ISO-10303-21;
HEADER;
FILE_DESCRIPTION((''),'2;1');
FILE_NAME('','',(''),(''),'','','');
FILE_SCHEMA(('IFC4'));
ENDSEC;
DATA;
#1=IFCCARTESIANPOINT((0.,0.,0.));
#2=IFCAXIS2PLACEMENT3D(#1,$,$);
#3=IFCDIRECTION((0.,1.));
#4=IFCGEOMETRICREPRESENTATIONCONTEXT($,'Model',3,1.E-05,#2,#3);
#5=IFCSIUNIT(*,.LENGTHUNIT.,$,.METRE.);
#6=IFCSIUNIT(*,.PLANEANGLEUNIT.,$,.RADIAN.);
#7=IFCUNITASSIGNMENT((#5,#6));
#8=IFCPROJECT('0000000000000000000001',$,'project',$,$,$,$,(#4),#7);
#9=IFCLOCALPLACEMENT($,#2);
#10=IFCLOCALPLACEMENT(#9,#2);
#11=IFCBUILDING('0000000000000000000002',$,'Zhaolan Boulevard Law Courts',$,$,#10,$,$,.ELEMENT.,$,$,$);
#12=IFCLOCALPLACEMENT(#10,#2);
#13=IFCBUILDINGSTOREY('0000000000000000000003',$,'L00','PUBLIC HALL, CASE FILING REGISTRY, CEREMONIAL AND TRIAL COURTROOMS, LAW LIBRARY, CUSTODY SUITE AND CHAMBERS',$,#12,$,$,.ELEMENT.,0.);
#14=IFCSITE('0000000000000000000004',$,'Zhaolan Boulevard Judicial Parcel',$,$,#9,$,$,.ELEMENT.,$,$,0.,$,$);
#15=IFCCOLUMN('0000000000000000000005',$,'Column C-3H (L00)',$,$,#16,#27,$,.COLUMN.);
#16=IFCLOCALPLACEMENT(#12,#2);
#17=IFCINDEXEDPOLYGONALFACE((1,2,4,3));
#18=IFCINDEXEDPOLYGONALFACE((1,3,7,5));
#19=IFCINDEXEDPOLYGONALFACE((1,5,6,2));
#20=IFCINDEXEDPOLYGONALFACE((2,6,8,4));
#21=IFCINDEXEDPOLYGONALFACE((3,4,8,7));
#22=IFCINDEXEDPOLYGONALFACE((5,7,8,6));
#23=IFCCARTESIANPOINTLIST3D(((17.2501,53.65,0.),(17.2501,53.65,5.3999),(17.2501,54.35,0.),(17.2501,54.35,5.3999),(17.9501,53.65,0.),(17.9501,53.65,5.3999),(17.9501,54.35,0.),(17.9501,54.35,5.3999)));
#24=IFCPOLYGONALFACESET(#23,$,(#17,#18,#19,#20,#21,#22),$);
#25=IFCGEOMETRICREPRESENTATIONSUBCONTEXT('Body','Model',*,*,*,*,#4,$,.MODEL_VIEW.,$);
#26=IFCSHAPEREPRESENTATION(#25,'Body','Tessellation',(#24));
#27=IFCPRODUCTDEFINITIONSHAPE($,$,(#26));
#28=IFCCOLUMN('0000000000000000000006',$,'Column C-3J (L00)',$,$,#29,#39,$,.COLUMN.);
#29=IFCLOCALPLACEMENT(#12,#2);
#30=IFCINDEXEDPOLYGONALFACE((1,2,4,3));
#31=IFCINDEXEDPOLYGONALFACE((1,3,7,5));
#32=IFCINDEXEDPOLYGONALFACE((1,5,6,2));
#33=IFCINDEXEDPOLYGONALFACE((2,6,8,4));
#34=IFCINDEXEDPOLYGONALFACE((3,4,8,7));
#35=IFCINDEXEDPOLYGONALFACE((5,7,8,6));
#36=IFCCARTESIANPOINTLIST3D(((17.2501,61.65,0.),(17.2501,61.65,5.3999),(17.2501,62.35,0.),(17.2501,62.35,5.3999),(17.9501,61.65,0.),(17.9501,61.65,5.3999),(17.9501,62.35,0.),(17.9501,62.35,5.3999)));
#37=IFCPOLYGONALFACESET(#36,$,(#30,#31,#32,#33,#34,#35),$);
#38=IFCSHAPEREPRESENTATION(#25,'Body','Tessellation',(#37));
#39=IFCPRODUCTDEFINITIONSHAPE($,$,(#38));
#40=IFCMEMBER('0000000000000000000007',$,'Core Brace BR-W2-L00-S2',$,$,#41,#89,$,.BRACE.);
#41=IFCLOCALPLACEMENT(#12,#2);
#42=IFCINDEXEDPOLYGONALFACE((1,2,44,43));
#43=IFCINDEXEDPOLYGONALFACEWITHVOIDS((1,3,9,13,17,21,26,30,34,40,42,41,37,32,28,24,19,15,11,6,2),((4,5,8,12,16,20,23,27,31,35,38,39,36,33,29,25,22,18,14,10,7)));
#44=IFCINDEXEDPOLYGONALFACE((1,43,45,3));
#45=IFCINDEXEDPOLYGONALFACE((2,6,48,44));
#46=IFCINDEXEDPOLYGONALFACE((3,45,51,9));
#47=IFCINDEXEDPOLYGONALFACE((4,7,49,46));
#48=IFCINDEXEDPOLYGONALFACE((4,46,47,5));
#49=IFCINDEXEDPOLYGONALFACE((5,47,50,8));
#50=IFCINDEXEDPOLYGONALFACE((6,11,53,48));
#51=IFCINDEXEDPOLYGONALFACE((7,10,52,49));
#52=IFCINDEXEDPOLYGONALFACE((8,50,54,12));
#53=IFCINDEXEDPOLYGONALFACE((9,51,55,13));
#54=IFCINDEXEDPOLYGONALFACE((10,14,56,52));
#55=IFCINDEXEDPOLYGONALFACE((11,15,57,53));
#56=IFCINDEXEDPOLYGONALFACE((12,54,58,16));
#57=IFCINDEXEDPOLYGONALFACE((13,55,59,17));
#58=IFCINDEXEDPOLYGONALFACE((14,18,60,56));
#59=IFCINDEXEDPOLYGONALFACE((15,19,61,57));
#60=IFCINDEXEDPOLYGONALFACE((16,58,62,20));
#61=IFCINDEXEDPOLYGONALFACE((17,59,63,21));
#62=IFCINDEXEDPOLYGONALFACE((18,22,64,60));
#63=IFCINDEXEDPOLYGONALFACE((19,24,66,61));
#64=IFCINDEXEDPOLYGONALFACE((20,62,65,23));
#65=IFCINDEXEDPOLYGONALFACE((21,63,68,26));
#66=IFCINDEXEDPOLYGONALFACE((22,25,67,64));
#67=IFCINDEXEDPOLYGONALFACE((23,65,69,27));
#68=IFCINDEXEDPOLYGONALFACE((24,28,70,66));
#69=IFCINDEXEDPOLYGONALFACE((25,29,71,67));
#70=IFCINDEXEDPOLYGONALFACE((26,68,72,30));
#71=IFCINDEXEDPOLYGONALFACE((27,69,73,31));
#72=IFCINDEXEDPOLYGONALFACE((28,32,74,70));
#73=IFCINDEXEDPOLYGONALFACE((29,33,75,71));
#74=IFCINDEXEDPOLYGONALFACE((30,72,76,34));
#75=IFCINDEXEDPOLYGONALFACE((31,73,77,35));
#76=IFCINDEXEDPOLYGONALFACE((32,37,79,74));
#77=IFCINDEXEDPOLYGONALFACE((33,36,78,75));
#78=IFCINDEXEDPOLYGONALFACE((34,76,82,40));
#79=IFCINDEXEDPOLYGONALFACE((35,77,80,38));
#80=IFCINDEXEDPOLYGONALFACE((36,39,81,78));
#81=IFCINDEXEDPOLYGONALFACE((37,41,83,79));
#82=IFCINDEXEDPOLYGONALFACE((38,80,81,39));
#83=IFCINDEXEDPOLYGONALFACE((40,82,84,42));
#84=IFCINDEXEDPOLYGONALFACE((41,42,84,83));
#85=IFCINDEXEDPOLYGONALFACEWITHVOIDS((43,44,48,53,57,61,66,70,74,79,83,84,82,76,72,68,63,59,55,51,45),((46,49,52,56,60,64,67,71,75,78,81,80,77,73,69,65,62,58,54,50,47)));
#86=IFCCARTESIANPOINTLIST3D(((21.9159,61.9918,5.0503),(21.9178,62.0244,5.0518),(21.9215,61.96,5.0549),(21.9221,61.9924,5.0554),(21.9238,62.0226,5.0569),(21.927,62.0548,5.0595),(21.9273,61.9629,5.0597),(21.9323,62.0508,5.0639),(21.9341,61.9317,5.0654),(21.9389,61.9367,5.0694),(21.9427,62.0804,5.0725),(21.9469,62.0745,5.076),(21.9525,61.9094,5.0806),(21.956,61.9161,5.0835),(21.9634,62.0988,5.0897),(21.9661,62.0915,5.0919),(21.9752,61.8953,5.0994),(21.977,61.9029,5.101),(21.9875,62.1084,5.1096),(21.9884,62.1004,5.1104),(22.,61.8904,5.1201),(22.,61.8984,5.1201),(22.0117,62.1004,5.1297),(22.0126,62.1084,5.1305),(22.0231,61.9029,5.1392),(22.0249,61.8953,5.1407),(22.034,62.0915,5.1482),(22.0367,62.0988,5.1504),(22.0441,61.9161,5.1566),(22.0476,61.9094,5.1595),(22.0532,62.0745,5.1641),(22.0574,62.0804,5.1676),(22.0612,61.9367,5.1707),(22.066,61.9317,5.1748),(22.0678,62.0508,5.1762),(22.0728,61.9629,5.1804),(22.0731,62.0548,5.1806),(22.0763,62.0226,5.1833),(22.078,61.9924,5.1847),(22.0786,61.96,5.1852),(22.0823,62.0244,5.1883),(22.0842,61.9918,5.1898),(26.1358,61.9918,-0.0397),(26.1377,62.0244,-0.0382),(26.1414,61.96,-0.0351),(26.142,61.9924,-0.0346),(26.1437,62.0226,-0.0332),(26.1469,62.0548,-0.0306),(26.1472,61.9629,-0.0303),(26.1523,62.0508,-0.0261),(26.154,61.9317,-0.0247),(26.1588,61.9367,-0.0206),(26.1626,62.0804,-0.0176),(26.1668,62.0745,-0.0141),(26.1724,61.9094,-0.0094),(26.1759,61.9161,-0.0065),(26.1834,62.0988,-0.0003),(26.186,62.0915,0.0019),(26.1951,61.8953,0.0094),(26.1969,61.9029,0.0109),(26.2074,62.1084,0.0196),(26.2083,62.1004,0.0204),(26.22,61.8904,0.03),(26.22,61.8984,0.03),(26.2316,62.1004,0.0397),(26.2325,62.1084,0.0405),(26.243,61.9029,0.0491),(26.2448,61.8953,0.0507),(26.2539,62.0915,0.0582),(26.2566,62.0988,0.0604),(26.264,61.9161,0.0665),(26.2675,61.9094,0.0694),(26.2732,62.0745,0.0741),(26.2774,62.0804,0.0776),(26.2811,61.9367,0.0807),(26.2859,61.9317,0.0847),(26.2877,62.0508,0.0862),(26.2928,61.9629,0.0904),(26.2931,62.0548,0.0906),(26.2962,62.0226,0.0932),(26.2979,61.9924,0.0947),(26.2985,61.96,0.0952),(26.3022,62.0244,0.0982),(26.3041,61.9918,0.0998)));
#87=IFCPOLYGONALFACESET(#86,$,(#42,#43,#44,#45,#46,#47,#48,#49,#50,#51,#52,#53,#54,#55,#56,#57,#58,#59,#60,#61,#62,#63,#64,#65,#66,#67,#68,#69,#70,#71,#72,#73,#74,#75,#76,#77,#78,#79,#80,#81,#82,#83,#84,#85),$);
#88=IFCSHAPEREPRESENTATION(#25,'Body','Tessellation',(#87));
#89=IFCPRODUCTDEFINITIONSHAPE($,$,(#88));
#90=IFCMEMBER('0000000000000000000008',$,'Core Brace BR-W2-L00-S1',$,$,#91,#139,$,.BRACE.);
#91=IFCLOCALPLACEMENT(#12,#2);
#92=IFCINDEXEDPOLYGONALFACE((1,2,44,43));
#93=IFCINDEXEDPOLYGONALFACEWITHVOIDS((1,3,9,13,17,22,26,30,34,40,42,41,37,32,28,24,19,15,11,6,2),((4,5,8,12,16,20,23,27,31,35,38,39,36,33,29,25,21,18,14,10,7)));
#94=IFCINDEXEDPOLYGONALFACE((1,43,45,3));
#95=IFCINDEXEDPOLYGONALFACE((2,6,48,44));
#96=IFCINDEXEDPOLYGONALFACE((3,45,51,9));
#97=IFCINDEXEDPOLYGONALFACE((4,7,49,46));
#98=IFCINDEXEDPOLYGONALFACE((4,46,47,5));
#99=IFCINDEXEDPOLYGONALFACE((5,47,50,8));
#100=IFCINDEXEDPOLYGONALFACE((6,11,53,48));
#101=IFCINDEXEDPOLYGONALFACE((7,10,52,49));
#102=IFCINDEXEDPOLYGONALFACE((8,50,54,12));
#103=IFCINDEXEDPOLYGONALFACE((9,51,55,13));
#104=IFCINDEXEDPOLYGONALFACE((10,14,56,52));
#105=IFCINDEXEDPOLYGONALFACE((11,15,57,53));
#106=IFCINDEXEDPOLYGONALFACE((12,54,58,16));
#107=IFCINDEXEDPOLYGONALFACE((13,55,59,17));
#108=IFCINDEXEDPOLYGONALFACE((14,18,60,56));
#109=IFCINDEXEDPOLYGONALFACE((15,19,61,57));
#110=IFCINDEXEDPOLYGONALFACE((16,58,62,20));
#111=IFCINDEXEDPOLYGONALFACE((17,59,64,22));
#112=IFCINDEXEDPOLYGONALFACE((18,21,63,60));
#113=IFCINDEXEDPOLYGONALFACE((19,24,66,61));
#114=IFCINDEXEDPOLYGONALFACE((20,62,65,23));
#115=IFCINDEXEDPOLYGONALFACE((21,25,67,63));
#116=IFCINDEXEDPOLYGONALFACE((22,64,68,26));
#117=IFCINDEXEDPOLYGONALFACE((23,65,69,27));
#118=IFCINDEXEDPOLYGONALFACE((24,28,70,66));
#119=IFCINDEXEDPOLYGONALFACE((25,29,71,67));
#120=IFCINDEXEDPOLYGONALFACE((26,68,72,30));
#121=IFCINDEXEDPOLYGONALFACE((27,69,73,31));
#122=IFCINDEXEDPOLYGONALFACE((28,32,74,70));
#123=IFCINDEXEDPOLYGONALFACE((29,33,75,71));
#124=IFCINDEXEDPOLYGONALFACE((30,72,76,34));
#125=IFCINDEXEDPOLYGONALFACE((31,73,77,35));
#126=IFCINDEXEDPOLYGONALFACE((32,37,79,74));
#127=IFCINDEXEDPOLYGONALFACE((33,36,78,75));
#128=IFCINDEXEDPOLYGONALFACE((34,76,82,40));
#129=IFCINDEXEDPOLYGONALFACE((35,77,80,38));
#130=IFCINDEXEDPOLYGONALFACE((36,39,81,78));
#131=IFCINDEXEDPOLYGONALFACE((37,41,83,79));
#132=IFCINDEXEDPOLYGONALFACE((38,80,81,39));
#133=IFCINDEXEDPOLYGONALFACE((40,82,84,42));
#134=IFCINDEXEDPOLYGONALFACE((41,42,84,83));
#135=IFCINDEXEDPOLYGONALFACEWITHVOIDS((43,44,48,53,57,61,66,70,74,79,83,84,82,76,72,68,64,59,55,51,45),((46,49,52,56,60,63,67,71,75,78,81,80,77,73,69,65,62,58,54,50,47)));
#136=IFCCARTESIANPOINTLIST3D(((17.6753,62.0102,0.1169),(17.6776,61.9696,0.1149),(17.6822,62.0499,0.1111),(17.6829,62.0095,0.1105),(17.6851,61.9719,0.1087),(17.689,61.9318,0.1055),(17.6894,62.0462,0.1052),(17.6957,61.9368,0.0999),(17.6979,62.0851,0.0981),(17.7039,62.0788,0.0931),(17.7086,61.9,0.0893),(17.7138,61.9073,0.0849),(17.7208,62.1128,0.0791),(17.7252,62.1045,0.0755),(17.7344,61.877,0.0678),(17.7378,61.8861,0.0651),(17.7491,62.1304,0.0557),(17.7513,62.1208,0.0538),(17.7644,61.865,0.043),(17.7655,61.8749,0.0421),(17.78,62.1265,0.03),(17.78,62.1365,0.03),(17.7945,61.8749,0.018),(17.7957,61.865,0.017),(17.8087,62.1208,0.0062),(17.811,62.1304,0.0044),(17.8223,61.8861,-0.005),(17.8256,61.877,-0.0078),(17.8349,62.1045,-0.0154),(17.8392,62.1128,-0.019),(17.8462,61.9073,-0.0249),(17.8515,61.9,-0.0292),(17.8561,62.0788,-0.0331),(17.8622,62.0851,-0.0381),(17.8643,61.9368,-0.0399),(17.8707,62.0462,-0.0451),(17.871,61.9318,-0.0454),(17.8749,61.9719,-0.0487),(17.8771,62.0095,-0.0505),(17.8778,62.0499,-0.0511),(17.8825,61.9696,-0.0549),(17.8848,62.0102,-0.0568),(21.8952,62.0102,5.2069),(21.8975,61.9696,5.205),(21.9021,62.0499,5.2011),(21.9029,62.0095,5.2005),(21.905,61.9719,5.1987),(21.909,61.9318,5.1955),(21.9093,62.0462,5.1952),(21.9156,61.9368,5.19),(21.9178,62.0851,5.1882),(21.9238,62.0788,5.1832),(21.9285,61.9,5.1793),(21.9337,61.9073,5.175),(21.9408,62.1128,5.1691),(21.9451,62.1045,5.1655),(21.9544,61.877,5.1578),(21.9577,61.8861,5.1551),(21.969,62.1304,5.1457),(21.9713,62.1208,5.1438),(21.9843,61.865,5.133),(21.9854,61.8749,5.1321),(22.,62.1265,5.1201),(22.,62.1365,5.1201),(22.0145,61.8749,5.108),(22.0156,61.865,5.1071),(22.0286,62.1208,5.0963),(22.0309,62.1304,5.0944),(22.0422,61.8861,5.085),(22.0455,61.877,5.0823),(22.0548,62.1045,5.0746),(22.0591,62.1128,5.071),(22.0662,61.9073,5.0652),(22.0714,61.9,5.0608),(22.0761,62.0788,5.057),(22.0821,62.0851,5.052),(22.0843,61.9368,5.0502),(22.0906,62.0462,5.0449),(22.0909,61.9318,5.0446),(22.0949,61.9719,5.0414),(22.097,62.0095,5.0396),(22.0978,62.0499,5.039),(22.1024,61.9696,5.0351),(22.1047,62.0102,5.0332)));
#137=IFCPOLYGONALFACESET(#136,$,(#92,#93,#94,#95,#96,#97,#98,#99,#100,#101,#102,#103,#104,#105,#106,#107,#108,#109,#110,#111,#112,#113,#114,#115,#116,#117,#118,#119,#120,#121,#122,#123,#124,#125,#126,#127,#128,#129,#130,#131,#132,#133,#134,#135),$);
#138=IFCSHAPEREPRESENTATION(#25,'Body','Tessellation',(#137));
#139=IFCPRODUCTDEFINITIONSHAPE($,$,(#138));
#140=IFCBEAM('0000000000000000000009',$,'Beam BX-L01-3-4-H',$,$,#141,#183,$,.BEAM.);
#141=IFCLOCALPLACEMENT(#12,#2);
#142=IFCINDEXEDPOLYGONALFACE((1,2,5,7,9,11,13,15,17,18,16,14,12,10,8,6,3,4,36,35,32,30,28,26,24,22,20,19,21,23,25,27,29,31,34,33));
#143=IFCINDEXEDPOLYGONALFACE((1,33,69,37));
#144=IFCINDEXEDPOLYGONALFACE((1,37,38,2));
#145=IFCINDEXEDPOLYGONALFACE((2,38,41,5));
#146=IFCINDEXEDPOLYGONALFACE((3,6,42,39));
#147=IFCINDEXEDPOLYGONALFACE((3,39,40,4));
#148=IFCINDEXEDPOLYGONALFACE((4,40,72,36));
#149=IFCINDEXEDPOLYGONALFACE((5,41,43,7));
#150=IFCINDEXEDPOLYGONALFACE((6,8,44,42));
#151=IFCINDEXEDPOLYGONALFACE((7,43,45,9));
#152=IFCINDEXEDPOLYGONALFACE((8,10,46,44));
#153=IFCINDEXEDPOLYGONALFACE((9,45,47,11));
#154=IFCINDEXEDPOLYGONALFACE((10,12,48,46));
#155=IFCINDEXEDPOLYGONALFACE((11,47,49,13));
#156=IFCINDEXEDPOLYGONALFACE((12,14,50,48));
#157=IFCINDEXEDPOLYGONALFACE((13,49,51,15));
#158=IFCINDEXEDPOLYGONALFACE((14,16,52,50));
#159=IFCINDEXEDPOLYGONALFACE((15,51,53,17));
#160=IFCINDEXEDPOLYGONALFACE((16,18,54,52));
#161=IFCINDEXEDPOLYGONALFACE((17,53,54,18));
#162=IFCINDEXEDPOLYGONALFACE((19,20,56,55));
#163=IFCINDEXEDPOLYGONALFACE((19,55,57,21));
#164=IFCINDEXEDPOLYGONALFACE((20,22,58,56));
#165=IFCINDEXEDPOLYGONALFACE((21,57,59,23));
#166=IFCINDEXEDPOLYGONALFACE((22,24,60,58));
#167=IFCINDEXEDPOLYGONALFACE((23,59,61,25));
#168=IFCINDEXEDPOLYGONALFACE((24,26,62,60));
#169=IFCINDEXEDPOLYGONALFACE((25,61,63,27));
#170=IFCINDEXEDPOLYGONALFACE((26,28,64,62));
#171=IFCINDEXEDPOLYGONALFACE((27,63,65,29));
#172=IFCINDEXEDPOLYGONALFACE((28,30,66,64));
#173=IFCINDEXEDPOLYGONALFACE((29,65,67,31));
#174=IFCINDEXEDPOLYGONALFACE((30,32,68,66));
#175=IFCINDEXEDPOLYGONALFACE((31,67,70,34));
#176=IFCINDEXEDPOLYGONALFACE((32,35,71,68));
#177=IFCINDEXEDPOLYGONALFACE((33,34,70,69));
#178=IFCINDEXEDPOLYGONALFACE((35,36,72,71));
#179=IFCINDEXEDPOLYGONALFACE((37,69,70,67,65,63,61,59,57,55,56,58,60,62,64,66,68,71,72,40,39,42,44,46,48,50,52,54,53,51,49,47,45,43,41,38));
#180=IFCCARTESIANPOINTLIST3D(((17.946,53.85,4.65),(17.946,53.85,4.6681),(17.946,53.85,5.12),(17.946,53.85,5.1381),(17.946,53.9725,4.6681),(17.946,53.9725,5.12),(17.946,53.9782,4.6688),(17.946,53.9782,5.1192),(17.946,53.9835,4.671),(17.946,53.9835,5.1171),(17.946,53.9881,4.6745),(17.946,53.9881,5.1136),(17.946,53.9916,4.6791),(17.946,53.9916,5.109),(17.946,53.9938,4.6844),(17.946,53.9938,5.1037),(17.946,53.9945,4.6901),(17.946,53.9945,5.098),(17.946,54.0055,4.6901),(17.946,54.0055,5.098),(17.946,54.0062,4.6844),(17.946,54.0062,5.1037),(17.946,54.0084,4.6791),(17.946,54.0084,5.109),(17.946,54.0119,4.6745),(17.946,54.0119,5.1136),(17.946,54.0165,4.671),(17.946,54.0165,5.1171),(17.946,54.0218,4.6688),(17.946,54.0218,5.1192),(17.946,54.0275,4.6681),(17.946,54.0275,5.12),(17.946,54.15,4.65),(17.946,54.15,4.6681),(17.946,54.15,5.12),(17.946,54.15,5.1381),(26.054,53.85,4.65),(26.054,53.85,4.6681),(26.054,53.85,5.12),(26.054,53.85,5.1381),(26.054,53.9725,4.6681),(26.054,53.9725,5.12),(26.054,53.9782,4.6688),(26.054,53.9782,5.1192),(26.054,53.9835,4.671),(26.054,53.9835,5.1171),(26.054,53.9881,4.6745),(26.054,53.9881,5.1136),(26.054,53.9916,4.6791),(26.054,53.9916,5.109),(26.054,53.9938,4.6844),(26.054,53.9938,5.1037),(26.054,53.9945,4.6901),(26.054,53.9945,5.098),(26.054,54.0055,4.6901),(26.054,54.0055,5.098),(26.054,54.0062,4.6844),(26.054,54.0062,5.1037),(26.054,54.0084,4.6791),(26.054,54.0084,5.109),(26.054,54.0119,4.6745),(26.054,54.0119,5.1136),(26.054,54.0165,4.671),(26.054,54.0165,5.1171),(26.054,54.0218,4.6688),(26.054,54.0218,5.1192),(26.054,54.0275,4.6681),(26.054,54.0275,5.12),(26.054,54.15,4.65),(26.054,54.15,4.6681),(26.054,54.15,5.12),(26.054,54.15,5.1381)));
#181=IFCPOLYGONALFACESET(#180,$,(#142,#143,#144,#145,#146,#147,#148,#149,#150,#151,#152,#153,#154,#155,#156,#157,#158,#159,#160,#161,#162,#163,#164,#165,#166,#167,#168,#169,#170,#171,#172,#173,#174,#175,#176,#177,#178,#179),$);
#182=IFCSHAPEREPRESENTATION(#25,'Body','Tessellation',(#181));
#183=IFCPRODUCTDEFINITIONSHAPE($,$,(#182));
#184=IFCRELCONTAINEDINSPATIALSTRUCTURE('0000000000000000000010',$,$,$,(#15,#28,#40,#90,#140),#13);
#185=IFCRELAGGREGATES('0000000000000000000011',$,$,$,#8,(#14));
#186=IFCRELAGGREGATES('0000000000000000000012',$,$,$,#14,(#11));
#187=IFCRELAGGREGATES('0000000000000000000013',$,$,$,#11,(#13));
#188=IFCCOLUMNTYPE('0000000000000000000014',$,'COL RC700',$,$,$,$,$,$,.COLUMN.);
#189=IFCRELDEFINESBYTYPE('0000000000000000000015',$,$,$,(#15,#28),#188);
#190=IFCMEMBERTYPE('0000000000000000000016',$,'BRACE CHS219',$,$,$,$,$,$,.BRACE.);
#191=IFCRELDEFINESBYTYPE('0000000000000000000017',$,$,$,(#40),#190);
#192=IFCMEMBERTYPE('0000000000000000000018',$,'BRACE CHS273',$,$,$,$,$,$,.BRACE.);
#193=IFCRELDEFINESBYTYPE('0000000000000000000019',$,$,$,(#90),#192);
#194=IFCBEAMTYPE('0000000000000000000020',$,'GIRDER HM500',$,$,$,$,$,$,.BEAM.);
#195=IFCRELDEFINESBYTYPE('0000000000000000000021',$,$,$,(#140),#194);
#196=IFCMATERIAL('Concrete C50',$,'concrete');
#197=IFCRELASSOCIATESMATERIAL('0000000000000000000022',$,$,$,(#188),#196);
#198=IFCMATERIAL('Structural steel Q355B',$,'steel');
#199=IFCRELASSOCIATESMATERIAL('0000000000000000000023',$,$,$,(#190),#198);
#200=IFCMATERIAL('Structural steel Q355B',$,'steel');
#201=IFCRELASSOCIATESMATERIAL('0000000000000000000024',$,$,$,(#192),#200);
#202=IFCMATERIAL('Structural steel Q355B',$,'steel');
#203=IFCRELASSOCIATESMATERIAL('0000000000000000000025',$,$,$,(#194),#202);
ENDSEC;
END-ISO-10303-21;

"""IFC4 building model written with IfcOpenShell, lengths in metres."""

from ifc_helpers import new_model, si_unit, direction, frame, origin, origin_2d, place, context, subcontext, project, spatial, rectangle, hollow_circle, i_section, extrude, material, material_profile, profile_set, type_object, element, save


model = new_model("IFC4")

# Units and contexts
model_context = context("Model", 3, precision=1e-05, world=origin(), true_north=direction((0.0, 1.0)))
body_context = subcontext(model_context, "Body", "Model", "MODEL_VIEW")
ifc_project = project(units=[si_unit("LENGTHUNIT", "METRE"), si_unit("PLANEANGLEUNIT", "RADIAN")], contexts=[model_context])

# Site, building, storey
site_placement = place(None, origin())
site = spatial("IfcSite", under=ifc_project, at=site_placement, Name="Zhaolan Boulevard Judicial Parcel", CompositionType="ELEMENT", RefElevation=0.0)
building_placement = place(site_placement, origin())
building = spatial("IfcBuilding", under=site, at=building_placement, Name="Zhaolan Boulevard Law Courts", CompositionType="ELEMENT")
storey_placement = place(building_placement, origin())
storey = spatial("IfcBuildingStorey", under=building, at=storey_placement, Name="L00", Description="PUBLIC HALL, CASE FILING REGISTRY, CEREMONIAL AND TRIAL COURTROOMS, LAW LIBRARY, CUSTODY SUITE AND CHAMBERS", CompositionType="ELEMENT", Elevation=0.0)

# Columns
ifc_material_1 = material(Name="Concrete C50", Category="concrete")
ifc_material_profile_1 = material_profile(ifc_material_1, rectangle(XDim=0.7, YDim=0.7, at=origin_2d()), Name="RC700x700")
ifc_profile_set_1 = profile_set([ifc_material_profile_1], Name="Concrete C50")
column_type = type_object("IfcColumnType", Name="COL RC700", PredefinedType="COLUMN", material=ifc_profile_set_1)
for number, where, z_axis, x_axis, name in (
    (1, (17.6001, 54.0, 0.0), (0.0, 0.0, 1.0), (1.0, 0.0, 0.0), "Column C-3H (L00)"),
    (2, (17.6001, 62.0, 0.0), (0.0, 0.0, 1.0), (1.0, 0.0, 0.0), "Column C-3J (L00)"),
):
    element("IfcColumn", number, at=place(storey_placement, frame(where, z_axis=z_axis, x_axis=x_axis)), inside=storey, type_object=column_type, Name=name, PredefinedType="COLUMN", context=body_context, shape_type="SweptSolid", body=[
        extrude(rectangle(XDim=0.7, YDim=0.7, at=origin_2d()), origin(), (0.0, 0.0, 1.0), 5.3999),
    ])

# Members
ifc_material_2 = material(Name="Structural steel Q355B", Category="steel")
ifc_material_profile_2 = material_profile(ifc_material_2, hollow_circle(Radius=0.1096, WallThickness=0.0081, at=origin_2d()), Name="CHS219x8")
ifc_profile_set_2 = profile_set([ifc_material_profile_2], Name="Structural steel Q355B")
member_type_1 = type_object("IfcMemberType", Name="BRACE CHS219", PredefinedType="BRACE", material=ifc_profile_set_2)
member_1_placement = place(storey_placement, frame((26.22, 62.0, 0.03), z_axis=(-0.638239, 0.0, 0.769838), x_axis=(0.0, -1.0, 0.0)))
element("IfcMember", 3, at=member_1_placement, inside=storey, type_object=member_type_1, Name="Core Brace BR-W2-L00-S2", PredefinedType="BRACE", context=body_context, shape_type="SweptSolid", body=[
    extrude(hollow_circle(Radius=0.1096, WallThickness=0.0081, at=origin_2d()), origin(), (0.0, 0.0, 1.0), 6.6118),
])
ifc_material_3 = material(Name="Structural steel Q355B", Category="steel")
ifc_material_profile_3 = material_profile(ifc_material_3, hollow_circle(Radius=0.1365, WallThickness=0.01, at=origin_2d()), Name="CHS273x10")
ifc_profile_set_3 = profile_set([ifc_material_profile_3], Name="Structural steel Q355B")
member_type_2 = type_object("IfcMemberType", Name="BRACE CHS273", PredefinedType="BRACE", material=ifc_profile_set_3)
member_2_placement = place(storey_placement, frame((17.78, 62.0, 0.03), z_axis=(0.638239, 0.0, 0.769838), x_axis=(0.0, 1.0, 0.0)))
element("IfcMember", 4, at=member_2_placement, inside=storey, type_object=member_type_2, Name="Core Brace BR-W2-L00-S1", PredefinedType="BRACE", context=body_context, shape_type="SweptSolid", body=[
    extrude(hollow_circle(Radius=0.1365, WallThickness=0.01, at=origin_2d()), origin(), (0.0, 0.0, 1.0), 6.6118),
])

# Beam
ifc_material_4 = material(Name="Structural steel Q355B", Category="steel")
ifc_material_profile_4 = material_profile(ifc_material_4, i_section(OverallWidth=0.3, OverallDepth=0.488, WebThickness=0.011, FlangeThickness=0.0181, FilletRadius=0.022, at=origin_2d()), Name="HM488x300")
ifc_profile_set_4 = profile_set([ifc_material_profile_4], Name="Structural steel Q355B")
beam_type_1 = type_object("IfcBeamType", Name="GIRDER HM500", PredefinedType="BEAM", material=ifc_profile_set_4)
for number, where, z_axis, x_axis, name in (
    (5, (17.946, 54.0, 4.894), (1.0, 0.0, 0.0), (0.0, 1.0, 0.0), "Beam BX-L01-3-4-H"),
):
    element("IfcBeam", number, at=place(storey_placement, frame(where, z_axis=z_axis, x_axis=x_axis)), inside=storey, type_object=beam_type_1, Name=name, PredefinedType="BEAM", context=body_context, shape_type="SweptSolid", body=[
        extrude(i_section(OverallWidth=0.3, OverallDepth=0.488, WebThickness=0.011, FlangeThickness=0.0181, FilletRadius=0.022, at=origin_2d()), origin(), (0.0, 0.0, 1.0), 8.1079),
    ])

save(model, "model.ifc")
